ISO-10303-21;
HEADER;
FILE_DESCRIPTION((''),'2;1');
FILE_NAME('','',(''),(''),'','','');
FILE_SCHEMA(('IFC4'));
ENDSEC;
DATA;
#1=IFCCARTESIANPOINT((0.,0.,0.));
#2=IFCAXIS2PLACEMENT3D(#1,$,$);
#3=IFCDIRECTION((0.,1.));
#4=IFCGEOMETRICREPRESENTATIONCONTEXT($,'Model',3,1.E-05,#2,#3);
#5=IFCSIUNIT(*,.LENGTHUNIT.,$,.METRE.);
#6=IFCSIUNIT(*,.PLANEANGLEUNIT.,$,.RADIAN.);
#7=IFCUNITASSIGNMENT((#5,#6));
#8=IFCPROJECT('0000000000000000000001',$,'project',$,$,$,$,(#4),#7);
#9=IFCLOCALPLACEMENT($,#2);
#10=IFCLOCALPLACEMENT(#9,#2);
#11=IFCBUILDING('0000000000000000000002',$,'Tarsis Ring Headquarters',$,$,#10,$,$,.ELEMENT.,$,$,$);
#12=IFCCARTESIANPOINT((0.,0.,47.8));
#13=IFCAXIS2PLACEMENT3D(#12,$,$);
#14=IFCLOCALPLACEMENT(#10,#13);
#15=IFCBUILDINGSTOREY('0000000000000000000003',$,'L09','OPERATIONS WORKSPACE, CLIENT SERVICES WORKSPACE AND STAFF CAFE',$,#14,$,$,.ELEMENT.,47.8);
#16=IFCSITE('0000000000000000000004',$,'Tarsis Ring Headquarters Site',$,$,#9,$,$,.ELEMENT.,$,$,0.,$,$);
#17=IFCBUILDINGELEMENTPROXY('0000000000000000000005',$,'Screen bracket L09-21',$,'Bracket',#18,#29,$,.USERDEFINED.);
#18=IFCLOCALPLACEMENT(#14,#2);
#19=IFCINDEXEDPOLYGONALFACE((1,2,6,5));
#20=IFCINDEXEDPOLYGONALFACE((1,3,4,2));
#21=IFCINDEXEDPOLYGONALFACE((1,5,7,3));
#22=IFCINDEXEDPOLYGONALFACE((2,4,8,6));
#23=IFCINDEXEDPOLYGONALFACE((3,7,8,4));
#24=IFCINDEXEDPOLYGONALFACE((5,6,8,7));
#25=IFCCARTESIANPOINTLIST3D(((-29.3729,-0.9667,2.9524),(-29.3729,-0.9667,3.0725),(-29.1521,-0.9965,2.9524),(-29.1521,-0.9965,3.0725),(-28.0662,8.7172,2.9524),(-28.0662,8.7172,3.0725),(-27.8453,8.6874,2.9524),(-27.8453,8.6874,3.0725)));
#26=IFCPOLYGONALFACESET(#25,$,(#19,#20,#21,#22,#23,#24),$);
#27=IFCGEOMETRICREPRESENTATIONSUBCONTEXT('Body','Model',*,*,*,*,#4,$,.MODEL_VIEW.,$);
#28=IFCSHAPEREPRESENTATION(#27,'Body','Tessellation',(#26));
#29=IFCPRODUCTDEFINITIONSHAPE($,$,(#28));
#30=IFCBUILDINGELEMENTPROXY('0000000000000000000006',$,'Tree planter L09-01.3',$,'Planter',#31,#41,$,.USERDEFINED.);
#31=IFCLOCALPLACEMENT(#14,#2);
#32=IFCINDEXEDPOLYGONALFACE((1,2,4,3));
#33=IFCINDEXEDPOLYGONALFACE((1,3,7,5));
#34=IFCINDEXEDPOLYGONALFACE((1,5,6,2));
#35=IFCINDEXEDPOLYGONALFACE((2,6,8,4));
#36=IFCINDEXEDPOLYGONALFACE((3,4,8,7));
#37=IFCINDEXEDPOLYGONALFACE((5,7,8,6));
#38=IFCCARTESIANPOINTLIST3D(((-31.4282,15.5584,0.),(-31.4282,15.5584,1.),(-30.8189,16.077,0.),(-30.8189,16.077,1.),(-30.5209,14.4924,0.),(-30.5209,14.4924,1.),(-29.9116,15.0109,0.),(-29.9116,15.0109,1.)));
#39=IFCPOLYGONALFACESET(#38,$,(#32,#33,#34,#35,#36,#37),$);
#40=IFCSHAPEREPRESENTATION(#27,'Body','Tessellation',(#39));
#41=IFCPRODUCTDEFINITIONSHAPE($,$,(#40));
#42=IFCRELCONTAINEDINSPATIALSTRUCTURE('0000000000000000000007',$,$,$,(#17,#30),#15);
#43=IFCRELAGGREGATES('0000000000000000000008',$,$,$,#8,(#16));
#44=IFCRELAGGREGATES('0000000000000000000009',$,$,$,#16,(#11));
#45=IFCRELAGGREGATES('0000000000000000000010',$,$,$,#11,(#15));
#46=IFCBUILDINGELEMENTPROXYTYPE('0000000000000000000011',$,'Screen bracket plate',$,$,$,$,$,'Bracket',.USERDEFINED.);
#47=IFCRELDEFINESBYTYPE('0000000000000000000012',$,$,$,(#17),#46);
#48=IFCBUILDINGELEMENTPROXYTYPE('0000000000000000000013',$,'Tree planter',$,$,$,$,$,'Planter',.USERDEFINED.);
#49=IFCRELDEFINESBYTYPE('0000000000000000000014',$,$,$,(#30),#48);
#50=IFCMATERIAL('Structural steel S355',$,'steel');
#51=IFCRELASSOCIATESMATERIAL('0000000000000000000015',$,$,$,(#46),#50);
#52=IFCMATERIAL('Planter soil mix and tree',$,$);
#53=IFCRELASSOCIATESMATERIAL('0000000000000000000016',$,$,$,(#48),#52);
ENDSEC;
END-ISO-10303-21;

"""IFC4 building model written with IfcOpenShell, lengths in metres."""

from ifc_helpers import new_model, si_unit, direction, frame, origin, origin_2d, place, context, subcontext, project, spatial, rectangle, extrude, material, type_object, element, save


model = new_model("IFC4")

# Units and contexts
model_context = context("Model", 3, precision=1e-05, world=origin(), true_north=direction((0.0, 1.0)))
body_context = subcontext(model_context, "Body", "Model", "MODEL_VIEW")
ifc_project = project(units=[si_unit("LENGTHUNIT", "METRE"), si_unit("PLANEANGLEUNIT", "RADIAN")], contexts=[model_context])

# Site, building, storey
site_placement = place(None, origin())
site = spatial("IfcSite", under=ifc_project, at=site_placement, Name="Tarsis Ring Headquarters Site", CompositionType="ELEMENT", RefElevation=0.0)
building_placement = place(site_placement, origin())
building = spatial("IfcBuilding", under=site, at=building_placement, Name="Tarsis Ring Headquarters", CompositionType="ELEMENT")
storey_placement = place(building_placement, frame((0.0, 0.0, 47.8)))
storey = spatial("IfcBuildingStorey", under=building, at=storey_placement, Name="L09", Description="OPERATIONS WORKSPACE, CLIENT SERVICES WORKSPACE AND STAFF CAFE", CompositionType="ELEMENT", Elevation=47.8)

# Shared definitions
ifc_material_1 = material(Name="Structural steel S355", Category="steel")

# Building element proxies
building_element_proxy_type_1 = type_object("IfcBuildingElementProxyType", Name="Screen bracket plate", ElementType="Bracket", PredefinedType="USERDEFINED", material=ifc_material_1)
proxy_1_placement = place(storey_placement, frame((-28.6091, 3.8604, 2.9524), z_axis=(0.0, 0.0, 1.0), x_axis=(-0.133726, -0.991018, 0.0)))
element("IfcBuildingElementProxy", 1, at=proxy_1_placement, inside=storey, type_object=building_element_proxy_type_1, Name="Screen bracket L09-21", ObjectType="Bracket", PredefinedType="USERDEFINED", context=body_context, shape_type="SweptSolid", body=[
    extrude(rectangle(XDim=9.7717, YDim=0.2229, at=origin_2d()), origin(), (0.0, 0.0, 1.0), 0.1201),
])
ifc_material_2 = material(Name="Planter soil mix and tree")
building_element_proxy_type_2 = type_object("IfcBuildingElementProxyType", Name="Tree planter", ElementType="Planter", PredefinedType="USERDEFINED", material=ifc_material_2)
proxy_2_placement = place(storey_placement, frame((-30.6699, 15.2847, 0.0), z_axis=(0.0, 0.0, 1.0), x_axis=(0.64812, -0.761538, 0.0)))
element("IfcBuildingElementProxy", 2, at=proxy_2_placement, inside=storey, type_object=building_element_proxy_type_2, Name="Tree planter L09-01.3", ObjectType="Planter", PredefinedType="USERDEFINED", context=body_context, shape_type="SweptSolid", body=[
    extrude(rectangle(XDim=1.3999, YDim=0.8, at=origin_2d()), origin(), (0.0, 0.0, 1.0), 1.0),
])

save(model, "model.ifc")
